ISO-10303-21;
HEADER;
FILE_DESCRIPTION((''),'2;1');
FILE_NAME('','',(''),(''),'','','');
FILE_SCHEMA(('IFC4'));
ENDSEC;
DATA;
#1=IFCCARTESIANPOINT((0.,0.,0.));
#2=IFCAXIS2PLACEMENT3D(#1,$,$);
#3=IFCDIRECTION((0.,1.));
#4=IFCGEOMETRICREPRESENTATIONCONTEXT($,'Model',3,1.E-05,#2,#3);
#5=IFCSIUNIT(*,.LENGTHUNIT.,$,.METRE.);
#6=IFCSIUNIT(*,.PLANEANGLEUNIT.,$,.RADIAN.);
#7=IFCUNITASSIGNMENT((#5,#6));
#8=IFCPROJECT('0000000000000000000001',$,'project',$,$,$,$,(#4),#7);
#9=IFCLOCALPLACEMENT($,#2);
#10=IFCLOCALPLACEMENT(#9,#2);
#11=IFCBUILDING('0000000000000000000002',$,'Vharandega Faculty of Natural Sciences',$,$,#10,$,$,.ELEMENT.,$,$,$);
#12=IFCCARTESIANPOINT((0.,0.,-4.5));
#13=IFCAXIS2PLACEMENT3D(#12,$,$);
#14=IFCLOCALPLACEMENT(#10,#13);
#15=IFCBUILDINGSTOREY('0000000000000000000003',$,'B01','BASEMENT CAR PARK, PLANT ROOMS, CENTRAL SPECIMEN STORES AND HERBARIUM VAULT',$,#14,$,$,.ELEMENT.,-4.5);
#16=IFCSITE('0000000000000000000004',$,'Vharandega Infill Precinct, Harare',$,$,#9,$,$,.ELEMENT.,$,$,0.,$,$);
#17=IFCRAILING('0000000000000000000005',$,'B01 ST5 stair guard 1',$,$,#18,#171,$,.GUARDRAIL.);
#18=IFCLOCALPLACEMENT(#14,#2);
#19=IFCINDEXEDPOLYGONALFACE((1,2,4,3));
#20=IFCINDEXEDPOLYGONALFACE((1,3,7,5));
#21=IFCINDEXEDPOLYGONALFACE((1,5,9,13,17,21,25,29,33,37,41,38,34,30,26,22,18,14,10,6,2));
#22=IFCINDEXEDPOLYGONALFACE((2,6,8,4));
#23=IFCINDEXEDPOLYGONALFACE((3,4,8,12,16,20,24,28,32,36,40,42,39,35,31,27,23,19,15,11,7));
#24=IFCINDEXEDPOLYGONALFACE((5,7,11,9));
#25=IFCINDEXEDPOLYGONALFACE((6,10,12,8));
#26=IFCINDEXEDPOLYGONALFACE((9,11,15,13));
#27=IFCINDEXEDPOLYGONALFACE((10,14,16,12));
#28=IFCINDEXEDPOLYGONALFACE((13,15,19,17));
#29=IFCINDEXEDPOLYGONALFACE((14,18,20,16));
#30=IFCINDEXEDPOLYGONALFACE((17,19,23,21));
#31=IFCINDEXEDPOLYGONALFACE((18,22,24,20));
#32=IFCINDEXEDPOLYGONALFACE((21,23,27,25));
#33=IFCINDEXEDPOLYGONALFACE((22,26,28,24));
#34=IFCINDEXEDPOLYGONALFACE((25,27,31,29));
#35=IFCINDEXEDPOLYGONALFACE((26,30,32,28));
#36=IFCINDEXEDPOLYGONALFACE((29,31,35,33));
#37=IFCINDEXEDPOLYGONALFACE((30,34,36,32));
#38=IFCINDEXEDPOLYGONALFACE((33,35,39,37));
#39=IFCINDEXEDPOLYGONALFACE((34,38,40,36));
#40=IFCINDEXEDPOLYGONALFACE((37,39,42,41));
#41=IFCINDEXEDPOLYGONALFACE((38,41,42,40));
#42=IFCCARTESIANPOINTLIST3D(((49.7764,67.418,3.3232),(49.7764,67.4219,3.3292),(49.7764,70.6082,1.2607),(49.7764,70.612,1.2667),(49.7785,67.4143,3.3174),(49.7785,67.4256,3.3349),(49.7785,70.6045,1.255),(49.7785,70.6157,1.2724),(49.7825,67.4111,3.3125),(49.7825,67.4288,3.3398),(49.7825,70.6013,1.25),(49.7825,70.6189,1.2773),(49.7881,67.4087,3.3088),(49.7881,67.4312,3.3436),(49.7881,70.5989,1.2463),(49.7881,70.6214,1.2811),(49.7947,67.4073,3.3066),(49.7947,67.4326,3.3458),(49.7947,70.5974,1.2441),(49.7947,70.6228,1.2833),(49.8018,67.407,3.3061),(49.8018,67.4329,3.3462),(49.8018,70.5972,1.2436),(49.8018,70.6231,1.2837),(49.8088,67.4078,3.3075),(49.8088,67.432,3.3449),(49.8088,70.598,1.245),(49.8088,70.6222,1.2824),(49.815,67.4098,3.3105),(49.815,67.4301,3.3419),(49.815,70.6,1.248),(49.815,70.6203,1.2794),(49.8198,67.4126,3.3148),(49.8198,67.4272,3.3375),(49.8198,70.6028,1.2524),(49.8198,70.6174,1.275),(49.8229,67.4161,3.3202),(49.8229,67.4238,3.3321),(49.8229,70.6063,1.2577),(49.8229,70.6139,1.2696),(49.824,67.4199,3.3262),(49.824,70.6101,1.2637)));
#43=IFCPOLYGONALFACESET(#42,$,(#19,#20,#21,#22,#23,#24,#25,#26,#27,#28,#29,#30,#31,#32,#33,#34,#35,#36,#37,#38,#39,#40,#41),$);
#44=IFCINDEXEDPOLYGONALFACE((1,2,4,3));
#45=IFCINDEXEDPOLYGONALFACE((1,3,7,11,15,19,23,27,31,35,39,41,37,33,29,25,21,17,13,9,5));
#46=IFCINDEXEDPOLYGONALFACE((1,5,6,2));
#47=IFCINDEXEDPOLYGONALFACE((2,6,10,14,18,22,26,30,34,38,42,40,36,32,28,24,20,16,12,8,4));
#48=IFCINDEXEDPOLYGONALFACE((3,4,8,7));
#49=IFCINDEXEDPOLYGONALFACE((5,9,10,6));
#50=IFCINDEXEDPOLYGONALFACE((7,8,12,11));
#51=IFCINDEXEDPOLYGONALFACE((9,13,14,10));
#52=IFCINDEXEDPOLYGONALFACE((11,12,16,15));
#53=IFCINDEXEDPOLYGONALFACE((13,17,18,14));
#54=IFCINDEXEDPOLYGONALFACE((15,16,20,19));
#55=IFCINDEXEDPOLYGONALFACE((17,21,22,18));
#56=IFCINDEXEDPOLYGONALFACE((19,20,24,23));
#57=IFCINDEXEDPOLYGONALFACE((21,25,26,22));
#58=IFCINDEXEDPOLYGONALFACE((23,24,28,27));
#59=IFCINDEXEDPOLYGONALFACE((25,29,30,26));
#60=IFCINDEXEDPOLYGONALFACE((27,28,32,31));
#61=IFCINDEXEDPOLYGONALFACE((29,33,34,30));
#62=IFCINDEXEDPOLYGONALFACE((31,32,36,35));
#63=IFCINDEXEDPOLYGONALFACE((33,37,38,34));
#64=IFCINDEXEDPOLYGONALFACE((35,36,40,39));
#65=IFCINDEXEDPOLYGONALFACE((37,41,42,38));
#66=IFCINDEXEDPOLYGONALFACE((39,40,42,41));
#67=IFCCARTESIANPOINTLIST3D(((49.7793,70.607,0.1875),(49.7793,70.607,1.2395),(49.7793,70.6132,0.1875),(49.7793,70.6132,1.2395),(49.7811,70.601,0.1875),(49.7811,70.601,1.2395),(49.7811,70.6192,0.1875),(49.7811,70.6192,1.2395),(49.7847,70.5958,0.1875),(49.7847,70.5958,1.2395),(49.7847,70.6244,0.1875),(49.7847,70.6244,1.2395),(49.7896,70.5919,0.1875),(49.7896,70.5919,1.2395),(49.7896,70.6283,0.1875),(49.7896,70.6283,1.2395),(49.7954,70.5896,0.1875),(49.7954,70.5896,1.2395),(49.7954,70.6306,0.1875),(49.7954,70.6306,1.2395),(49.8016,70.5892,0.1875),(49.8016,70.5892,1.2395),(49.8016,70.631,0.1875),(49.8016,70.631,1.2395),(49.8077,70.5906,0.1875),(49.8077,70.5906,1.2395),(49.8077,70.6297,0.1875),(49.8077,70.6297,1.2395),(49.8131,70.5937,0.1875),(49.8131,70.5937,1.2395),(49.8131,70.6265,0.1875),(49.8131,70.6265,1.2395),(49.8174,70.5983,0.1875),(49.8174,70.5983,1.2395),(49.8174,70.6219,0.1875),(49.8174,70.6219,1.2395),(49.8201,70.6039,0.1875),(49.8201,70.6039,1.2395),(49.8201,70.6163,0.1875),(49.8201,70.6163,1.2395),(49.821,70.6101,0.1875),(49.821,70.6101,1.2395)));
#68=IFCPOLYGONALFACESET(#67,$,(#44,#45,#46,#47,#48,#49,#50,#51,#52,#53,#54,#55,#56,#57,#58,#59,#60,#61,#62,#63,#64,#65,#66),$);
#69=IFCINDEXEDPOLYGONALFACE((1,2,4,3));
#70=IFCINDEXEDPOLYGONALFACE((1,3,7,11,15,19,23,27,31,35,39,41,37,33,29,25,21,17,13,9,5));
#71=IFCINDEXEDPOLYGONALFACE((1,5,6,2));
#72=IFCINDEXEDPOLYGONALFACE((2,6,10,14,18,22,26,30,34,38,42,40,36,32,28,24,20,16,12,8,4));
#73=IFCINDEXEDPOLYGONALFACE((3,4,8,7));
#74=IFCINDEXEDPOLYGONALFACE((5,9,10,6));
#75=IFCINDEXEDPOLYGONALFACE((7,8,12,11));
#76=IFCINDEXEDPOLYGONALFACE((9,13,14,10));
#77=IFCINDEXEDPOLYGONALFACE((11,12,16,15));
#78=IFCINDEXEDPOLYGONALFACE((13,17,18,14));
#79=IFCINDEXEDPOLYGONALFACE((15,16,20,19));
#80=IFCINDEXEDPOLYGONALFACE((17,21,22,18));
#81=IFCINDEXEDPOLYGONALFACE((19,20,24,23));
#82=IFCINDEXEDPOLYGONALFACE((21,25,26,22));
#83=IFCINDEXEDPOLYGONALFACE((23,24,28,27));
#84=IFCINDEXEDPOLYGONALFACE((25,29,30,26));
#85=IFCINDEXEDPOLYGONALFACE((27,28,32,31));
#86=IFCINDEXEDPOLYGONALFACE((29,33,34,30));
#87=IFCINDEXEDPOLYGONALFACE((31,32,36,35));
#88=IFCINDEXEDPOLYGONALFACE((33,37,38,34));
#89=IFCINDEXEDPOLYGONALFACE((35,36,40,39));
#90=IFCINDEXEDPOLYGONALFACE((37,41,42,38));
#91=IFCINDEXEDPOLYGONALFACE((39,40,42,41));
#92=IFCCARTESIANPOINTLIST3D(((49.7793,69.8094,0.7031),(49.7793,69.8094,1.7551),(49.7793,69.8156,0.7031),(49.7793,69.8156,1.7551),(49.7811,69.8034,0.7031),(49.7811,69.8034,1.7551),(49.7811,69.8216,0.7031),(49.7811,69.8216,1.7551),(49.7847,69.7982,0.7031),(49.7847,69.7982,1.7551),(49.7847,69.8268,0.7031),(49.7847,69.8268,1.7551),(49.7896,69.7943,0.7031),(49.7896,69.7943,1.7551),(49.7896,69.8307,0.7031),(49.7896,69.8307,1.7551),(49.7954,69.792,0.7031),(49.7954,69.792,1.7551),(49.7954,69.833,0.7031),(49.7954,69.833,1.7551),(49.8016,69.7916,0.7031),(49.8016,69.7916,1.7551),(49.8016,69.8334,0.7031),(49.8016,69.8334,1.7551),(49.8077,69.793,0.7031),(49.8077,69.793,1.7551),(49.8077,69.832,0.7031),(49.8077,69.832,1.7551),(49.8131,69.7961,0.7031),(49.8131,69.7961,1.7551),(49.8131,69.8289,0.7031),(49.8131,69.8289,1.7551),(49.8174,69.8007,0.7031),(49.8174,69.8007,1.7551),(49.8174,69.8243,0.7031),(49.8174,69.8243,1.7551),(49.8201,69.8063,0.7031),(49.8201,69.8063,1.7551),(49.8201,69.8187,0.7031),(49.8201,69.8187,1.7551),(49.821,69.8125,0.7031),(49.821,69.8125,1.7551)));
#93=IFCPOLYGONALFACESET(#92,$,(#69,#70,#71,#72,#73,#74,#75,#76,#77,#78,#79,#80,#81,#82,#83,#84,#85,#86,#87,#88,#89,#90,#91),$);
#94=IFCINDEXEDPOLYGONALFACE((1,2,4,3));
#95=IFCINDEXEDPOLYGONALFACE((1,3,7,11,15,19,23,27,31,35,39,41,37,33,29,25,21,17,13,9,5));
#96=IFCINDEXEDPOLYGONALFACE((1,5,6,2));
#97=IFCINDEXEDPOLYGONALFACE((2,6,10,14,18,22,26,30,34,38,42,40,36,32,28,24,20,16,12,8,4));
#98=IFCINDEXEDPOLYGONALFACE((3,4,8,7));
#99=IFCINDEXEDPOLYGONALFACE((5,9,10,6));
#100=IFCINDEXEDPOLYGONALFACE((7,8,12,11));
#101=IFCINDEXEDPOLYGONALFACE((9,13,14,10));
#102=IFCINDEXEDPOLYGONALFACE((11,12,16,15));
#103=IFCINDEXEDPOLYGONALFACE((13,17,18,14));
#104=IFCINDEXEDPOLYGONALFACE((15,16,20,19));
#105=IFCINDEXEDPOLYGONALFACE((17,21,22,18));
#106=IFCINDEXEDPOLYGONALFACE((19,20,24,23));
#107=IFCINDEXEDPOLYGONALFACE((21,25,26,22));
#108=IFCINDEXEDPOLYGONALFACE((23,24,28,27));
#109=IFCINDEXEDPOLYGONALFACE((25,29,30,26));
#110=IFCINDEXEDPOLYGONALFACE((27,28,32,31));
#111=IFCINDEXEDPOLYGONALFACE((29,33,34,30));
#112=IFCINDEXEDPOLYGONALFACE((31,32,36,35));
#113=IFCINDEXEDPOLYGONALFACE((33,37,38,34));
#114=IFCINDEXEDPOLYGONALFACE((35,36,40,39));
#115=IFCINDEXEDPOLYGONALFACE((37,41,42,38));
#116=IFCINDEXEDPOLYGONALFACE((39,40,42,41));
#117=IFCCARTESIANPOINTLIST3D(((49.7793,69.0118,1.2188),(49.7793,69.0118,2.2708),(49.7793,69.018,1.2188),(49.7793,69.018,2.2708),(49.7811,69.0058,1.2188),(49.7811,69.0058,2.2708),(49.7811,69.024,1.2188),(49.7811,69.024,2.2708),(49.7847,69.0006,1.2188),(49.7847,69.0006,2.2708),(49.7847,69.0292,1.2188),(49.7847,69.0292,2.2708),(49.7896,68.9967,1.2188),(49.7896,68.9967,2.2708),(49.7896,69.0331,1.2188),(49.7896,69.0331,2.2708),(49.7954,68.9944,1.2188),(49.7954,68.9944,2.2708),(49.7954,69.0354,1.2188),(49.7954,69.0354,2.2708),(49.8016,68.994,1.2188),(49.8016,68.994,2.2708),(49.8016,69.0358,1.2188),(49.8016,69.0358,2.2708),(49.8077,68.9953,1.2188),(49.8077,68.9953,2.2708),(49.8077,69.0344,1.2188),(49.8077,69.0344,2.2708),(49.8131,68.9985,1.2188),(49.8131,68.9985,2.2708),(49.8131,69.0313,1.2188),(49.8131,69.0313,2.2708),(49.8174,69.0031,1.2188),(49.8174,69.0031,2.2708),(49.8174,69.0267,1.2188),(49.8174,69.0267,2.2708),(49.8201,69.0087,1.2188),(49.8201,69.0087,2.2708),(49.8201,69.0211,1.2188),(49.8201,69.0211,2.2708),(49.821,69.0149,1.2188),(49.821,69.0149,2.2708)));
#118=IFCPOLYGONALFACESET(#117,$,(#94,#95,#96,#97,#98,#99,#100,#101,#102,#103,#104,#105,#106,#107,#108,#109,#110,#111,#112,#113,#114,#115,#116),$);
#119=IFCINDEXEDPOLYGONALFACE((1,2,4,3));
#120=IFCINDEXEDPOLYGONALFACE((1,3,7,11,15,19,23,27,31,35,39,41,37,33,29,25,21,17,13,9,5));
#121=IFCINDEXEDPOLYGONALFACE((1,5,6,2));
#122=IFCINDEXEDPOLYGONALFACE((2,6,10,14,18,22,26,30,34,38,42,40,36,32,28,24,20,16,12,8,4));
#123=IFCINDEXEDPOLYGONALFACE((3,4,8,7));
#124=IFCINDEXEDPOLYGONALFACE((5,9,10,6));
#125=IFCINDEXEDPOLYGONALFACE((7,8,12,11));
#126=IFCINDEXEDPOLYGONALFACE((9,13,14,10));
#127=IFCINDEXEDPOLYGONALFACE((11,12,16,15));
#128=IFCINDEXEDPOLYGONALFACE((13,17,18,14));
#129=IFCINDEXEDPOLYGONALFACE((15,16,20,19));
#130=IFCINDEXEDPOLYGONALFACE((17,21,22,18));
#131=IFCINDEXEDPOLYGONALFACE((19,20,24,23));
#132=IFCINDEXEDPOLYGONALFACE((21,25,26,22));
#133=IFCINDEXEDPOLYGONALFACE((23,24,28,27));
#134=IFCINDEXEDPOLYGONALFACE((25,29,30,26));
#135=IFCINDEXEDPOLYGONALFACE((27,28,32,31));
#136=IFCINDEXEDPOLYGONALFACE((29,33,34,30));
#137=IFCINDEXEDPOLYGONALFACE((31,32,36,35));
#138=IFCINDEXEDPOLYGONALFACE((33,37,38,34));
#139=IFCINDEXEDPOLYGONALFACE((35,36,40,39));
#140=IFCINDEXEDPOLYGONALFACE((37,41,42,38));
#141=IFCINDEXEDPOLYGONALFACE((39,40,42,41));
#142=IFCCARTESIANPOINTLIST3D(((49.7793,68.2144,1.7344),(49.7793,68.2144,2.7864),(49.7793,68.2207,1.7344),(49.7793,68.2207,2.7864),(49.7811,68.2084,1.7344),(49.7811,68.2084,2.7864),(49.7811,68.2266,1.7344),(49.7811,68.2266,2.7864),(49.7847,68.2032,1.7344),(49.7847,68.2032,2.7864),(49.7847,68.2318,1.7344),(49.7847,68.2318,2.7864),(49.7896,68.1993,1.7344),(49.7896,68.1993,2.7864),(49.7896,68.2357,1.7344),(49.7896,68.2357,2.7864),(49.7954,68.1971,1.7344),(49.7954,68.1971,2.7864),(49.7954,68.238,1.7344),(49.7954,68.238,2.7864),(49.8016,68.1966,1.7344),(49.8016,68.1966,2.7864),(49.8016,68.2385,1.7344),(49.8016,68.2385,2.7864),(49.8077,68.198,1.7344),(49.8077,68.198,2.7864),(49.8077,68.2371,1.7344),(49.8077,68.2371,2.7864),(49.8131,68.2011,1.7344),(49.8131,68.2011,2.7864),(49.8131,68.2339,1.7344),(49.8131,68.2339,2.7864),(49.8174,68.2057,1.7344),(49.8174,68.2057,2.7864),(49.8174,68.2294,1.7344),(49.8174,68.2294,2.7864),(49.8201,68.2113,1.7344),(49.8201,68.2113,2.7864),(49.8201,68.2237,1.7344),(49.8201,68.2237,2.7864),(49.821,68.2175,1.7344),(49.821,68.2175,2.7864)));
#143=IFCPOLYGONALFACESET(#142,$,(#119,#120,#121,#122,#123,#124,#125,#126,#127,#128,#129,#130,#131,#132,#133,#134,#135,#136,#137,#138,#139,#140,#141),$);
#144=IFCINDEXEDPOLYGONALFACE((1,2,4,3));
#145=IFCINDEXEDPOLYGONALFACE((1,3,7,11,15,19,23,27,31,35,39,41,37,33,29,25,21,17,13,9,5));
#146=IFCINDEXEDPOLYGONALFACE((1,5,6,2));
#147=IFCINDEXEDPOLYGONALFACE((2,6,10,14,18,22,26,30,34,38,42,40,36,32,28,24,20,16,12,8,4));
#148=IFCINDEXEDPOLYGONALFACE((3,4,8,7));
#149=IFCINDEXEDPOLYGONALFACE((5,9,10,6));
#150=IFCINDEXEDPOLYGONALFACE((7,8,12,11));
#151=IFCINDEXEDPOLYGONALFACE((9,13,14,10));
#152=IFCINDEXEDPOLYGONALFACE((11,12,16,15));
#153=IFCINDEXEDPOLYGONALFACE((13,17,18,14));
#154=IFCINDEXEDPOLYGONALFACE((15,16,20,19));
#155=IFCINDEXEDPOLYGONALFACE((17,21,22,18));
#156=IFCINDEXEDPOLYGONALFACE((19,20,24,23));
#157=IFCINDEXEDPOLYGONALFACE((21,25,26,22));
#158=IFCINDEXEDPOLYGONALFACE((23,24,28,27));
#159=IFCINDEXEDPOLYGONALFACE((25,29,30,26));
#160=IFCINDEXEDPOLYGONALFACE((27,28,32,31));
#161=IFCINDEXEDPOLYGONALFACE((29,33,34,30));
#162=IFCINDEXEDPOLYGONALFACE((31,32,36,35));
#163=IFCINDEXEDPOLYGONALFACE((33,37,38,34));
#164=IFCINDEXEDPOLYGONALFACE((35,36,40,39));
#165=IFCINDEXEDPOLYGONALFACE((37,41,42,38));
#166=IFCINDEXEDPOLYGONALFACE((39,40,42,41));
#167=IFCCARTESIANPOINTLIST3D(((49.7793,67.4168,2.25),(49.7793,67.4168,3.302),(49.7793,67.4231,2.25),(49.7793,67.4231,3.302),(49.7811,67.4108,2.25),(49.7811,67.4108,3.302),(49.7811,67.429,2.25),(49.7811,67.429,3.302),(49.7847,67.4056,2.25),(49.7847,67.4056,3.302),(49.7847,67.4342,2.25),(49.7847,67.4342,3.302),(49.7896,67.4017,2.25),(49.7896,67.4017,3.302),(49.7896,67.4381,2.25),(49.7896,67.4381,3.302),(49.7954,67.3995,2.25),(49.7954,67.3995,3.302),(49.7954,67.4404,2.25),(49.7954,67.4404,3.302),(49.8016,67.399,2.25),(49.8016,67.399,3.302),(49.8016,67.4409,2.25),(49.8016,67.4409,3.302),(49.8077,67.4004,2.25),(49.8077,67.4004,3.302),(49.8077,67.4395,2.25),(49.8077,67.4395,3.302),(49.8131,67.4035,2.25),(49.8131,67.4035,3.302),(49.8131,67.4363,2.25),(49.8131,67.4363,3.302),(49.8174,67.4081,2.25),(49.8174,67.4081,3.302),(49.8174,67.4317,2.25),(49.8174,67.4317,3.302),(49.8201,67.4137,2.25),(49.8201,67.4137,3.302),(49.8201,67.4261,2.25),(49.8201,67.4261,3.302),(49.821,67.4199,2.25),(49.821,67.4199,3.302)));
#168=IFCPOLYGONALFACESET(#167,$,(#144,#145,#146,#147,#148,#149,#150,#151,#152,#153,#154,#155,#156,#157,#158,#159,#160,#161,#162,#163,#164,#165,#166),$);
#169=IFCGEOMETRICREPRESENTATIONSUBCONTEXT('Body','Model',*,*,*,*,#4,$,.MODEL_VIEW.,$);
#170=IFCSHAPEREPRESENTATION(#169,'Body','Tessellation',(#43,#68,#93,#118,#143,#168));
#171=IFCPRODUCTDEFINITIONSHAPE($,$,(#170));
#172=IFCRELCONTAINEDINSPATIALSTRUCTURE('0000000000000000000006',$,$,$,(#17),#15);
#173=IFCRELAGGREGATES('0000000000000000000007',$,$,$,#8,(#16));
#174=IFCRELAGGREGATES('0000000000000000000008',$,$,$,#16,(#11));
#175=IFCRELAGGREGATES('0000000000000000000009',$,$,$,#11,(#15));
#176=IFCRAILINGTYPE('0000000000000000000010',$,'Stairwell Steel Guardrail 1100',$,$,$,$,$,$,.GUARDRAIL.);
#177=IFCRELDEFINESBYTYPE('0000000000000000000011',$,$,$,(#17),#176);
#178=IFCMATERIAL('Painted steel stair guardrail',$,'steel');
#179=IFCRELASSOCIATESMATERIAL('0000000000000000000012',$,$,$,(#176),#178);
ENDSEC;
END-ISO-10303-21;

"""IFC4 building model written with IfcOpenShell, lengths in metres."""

from ifc_helpers import new_model, si_unit, direction, frame, origin, origin_2d, place, context, subcontext, project, spatial, circle, extrude, material, type_object, element, save


model = new_model("IFC4")

# Units and contexts
model_context = context("Model", 3, precision=1e-05, world=origin(), true_north=direction((0.0, 1.0)))
body_context = subcontext(model_context, "Body", "Model", "MODEL_VIEW")
ifc_project = project(units=[si_unit("LENGTHUNIT", "METRE"), si_unit("PLANEANGLEUNIT", "RADIAN")], contexts=[model_context])

# Site, building, storey
site_placement = place(None, origin())
site = spatial("IfcSite", under=ifc_project, at=site_placement, Name="Vharandega Infill Precinct, Harare", CompositionType="ELEMENT", RefElevation=0.0)
building_placement = place(site_placement, origin())
building = spatial("IfcBuilding", under=site, at=building_placement, Name="Vharandega Faculty of Natural Sciences", CompositionType="ELEMENT")
storey_placement = place(building_placement, frame((0.0, 0.0, -4.5)))
storey = spatial("IfcBuildingStorey", under=building, at=storey_placement, Name="B01", Description="BASEMENT CAR PARK, PLANT ROOMS, CENTRAL SPECIMEN STORES AND HERBARIUM VAULT", CompositionType="ELEMENT", Elevation=-4.5)

# Railing
ifc_material_1 = material(Name="Painted steel stair guardrail", Category="steel")
railing_type_1 = type_object("IfcRailingType", Name="Stairwell Steel Guardrail 1100", PredefinedType="GUARDRAIL", material=ifc_material_1)
railing_1_placement = place(storey_placement, frame((49.8, 70.6101, 0.1875)))
element("IfcRailing", 1, at=railing_1_placement, inside=storey, type_object=railing_type_1, Name="B01 ST5 stair guard 1", PredefinedType="GUARDRAIL", context=body_context, shape_type="SweptSolid", body=[
    extrude(circle(Radius=0.0239, at=origin_2d()), frame((0.0, 0.0, 1.0762), z_axis=(0.0, -0.839779, 0.542929), x_axis=(1.0, 0.0, 0.0)), (0.0, 0.0, 1.0), 3.7988),
    extrude(circle(Radius=0.021, at=origin_2d()), origin(), (0.0, 0.0, 1.0), 1.052),
    extrude(circle(Radius=0.021, at=origin_2d()), frame((0.0, -0.7976, 0.5156)), (0.0, 0.0, 1.0), 1.052),
    extrude(circle(Radius=0.021, at=origin_2d()), frame((0.0, -1.5952, 1.0312)), (0.0, 0.0, 1.0), 1.052),
    extrude(circle(Radius=0.021, at=origin_2d()), frame((0.0, -2.3926, 1.5469)), (0.0, 0.0, 1.0), 1.052),
    extrude(circle(Radius=0.021, at=origin_2d()), frame((0.0, -3.1902, 2.0625)), (0.0, 0.0, 1.0), 1.052),
])

save(model, "model.ifc")
